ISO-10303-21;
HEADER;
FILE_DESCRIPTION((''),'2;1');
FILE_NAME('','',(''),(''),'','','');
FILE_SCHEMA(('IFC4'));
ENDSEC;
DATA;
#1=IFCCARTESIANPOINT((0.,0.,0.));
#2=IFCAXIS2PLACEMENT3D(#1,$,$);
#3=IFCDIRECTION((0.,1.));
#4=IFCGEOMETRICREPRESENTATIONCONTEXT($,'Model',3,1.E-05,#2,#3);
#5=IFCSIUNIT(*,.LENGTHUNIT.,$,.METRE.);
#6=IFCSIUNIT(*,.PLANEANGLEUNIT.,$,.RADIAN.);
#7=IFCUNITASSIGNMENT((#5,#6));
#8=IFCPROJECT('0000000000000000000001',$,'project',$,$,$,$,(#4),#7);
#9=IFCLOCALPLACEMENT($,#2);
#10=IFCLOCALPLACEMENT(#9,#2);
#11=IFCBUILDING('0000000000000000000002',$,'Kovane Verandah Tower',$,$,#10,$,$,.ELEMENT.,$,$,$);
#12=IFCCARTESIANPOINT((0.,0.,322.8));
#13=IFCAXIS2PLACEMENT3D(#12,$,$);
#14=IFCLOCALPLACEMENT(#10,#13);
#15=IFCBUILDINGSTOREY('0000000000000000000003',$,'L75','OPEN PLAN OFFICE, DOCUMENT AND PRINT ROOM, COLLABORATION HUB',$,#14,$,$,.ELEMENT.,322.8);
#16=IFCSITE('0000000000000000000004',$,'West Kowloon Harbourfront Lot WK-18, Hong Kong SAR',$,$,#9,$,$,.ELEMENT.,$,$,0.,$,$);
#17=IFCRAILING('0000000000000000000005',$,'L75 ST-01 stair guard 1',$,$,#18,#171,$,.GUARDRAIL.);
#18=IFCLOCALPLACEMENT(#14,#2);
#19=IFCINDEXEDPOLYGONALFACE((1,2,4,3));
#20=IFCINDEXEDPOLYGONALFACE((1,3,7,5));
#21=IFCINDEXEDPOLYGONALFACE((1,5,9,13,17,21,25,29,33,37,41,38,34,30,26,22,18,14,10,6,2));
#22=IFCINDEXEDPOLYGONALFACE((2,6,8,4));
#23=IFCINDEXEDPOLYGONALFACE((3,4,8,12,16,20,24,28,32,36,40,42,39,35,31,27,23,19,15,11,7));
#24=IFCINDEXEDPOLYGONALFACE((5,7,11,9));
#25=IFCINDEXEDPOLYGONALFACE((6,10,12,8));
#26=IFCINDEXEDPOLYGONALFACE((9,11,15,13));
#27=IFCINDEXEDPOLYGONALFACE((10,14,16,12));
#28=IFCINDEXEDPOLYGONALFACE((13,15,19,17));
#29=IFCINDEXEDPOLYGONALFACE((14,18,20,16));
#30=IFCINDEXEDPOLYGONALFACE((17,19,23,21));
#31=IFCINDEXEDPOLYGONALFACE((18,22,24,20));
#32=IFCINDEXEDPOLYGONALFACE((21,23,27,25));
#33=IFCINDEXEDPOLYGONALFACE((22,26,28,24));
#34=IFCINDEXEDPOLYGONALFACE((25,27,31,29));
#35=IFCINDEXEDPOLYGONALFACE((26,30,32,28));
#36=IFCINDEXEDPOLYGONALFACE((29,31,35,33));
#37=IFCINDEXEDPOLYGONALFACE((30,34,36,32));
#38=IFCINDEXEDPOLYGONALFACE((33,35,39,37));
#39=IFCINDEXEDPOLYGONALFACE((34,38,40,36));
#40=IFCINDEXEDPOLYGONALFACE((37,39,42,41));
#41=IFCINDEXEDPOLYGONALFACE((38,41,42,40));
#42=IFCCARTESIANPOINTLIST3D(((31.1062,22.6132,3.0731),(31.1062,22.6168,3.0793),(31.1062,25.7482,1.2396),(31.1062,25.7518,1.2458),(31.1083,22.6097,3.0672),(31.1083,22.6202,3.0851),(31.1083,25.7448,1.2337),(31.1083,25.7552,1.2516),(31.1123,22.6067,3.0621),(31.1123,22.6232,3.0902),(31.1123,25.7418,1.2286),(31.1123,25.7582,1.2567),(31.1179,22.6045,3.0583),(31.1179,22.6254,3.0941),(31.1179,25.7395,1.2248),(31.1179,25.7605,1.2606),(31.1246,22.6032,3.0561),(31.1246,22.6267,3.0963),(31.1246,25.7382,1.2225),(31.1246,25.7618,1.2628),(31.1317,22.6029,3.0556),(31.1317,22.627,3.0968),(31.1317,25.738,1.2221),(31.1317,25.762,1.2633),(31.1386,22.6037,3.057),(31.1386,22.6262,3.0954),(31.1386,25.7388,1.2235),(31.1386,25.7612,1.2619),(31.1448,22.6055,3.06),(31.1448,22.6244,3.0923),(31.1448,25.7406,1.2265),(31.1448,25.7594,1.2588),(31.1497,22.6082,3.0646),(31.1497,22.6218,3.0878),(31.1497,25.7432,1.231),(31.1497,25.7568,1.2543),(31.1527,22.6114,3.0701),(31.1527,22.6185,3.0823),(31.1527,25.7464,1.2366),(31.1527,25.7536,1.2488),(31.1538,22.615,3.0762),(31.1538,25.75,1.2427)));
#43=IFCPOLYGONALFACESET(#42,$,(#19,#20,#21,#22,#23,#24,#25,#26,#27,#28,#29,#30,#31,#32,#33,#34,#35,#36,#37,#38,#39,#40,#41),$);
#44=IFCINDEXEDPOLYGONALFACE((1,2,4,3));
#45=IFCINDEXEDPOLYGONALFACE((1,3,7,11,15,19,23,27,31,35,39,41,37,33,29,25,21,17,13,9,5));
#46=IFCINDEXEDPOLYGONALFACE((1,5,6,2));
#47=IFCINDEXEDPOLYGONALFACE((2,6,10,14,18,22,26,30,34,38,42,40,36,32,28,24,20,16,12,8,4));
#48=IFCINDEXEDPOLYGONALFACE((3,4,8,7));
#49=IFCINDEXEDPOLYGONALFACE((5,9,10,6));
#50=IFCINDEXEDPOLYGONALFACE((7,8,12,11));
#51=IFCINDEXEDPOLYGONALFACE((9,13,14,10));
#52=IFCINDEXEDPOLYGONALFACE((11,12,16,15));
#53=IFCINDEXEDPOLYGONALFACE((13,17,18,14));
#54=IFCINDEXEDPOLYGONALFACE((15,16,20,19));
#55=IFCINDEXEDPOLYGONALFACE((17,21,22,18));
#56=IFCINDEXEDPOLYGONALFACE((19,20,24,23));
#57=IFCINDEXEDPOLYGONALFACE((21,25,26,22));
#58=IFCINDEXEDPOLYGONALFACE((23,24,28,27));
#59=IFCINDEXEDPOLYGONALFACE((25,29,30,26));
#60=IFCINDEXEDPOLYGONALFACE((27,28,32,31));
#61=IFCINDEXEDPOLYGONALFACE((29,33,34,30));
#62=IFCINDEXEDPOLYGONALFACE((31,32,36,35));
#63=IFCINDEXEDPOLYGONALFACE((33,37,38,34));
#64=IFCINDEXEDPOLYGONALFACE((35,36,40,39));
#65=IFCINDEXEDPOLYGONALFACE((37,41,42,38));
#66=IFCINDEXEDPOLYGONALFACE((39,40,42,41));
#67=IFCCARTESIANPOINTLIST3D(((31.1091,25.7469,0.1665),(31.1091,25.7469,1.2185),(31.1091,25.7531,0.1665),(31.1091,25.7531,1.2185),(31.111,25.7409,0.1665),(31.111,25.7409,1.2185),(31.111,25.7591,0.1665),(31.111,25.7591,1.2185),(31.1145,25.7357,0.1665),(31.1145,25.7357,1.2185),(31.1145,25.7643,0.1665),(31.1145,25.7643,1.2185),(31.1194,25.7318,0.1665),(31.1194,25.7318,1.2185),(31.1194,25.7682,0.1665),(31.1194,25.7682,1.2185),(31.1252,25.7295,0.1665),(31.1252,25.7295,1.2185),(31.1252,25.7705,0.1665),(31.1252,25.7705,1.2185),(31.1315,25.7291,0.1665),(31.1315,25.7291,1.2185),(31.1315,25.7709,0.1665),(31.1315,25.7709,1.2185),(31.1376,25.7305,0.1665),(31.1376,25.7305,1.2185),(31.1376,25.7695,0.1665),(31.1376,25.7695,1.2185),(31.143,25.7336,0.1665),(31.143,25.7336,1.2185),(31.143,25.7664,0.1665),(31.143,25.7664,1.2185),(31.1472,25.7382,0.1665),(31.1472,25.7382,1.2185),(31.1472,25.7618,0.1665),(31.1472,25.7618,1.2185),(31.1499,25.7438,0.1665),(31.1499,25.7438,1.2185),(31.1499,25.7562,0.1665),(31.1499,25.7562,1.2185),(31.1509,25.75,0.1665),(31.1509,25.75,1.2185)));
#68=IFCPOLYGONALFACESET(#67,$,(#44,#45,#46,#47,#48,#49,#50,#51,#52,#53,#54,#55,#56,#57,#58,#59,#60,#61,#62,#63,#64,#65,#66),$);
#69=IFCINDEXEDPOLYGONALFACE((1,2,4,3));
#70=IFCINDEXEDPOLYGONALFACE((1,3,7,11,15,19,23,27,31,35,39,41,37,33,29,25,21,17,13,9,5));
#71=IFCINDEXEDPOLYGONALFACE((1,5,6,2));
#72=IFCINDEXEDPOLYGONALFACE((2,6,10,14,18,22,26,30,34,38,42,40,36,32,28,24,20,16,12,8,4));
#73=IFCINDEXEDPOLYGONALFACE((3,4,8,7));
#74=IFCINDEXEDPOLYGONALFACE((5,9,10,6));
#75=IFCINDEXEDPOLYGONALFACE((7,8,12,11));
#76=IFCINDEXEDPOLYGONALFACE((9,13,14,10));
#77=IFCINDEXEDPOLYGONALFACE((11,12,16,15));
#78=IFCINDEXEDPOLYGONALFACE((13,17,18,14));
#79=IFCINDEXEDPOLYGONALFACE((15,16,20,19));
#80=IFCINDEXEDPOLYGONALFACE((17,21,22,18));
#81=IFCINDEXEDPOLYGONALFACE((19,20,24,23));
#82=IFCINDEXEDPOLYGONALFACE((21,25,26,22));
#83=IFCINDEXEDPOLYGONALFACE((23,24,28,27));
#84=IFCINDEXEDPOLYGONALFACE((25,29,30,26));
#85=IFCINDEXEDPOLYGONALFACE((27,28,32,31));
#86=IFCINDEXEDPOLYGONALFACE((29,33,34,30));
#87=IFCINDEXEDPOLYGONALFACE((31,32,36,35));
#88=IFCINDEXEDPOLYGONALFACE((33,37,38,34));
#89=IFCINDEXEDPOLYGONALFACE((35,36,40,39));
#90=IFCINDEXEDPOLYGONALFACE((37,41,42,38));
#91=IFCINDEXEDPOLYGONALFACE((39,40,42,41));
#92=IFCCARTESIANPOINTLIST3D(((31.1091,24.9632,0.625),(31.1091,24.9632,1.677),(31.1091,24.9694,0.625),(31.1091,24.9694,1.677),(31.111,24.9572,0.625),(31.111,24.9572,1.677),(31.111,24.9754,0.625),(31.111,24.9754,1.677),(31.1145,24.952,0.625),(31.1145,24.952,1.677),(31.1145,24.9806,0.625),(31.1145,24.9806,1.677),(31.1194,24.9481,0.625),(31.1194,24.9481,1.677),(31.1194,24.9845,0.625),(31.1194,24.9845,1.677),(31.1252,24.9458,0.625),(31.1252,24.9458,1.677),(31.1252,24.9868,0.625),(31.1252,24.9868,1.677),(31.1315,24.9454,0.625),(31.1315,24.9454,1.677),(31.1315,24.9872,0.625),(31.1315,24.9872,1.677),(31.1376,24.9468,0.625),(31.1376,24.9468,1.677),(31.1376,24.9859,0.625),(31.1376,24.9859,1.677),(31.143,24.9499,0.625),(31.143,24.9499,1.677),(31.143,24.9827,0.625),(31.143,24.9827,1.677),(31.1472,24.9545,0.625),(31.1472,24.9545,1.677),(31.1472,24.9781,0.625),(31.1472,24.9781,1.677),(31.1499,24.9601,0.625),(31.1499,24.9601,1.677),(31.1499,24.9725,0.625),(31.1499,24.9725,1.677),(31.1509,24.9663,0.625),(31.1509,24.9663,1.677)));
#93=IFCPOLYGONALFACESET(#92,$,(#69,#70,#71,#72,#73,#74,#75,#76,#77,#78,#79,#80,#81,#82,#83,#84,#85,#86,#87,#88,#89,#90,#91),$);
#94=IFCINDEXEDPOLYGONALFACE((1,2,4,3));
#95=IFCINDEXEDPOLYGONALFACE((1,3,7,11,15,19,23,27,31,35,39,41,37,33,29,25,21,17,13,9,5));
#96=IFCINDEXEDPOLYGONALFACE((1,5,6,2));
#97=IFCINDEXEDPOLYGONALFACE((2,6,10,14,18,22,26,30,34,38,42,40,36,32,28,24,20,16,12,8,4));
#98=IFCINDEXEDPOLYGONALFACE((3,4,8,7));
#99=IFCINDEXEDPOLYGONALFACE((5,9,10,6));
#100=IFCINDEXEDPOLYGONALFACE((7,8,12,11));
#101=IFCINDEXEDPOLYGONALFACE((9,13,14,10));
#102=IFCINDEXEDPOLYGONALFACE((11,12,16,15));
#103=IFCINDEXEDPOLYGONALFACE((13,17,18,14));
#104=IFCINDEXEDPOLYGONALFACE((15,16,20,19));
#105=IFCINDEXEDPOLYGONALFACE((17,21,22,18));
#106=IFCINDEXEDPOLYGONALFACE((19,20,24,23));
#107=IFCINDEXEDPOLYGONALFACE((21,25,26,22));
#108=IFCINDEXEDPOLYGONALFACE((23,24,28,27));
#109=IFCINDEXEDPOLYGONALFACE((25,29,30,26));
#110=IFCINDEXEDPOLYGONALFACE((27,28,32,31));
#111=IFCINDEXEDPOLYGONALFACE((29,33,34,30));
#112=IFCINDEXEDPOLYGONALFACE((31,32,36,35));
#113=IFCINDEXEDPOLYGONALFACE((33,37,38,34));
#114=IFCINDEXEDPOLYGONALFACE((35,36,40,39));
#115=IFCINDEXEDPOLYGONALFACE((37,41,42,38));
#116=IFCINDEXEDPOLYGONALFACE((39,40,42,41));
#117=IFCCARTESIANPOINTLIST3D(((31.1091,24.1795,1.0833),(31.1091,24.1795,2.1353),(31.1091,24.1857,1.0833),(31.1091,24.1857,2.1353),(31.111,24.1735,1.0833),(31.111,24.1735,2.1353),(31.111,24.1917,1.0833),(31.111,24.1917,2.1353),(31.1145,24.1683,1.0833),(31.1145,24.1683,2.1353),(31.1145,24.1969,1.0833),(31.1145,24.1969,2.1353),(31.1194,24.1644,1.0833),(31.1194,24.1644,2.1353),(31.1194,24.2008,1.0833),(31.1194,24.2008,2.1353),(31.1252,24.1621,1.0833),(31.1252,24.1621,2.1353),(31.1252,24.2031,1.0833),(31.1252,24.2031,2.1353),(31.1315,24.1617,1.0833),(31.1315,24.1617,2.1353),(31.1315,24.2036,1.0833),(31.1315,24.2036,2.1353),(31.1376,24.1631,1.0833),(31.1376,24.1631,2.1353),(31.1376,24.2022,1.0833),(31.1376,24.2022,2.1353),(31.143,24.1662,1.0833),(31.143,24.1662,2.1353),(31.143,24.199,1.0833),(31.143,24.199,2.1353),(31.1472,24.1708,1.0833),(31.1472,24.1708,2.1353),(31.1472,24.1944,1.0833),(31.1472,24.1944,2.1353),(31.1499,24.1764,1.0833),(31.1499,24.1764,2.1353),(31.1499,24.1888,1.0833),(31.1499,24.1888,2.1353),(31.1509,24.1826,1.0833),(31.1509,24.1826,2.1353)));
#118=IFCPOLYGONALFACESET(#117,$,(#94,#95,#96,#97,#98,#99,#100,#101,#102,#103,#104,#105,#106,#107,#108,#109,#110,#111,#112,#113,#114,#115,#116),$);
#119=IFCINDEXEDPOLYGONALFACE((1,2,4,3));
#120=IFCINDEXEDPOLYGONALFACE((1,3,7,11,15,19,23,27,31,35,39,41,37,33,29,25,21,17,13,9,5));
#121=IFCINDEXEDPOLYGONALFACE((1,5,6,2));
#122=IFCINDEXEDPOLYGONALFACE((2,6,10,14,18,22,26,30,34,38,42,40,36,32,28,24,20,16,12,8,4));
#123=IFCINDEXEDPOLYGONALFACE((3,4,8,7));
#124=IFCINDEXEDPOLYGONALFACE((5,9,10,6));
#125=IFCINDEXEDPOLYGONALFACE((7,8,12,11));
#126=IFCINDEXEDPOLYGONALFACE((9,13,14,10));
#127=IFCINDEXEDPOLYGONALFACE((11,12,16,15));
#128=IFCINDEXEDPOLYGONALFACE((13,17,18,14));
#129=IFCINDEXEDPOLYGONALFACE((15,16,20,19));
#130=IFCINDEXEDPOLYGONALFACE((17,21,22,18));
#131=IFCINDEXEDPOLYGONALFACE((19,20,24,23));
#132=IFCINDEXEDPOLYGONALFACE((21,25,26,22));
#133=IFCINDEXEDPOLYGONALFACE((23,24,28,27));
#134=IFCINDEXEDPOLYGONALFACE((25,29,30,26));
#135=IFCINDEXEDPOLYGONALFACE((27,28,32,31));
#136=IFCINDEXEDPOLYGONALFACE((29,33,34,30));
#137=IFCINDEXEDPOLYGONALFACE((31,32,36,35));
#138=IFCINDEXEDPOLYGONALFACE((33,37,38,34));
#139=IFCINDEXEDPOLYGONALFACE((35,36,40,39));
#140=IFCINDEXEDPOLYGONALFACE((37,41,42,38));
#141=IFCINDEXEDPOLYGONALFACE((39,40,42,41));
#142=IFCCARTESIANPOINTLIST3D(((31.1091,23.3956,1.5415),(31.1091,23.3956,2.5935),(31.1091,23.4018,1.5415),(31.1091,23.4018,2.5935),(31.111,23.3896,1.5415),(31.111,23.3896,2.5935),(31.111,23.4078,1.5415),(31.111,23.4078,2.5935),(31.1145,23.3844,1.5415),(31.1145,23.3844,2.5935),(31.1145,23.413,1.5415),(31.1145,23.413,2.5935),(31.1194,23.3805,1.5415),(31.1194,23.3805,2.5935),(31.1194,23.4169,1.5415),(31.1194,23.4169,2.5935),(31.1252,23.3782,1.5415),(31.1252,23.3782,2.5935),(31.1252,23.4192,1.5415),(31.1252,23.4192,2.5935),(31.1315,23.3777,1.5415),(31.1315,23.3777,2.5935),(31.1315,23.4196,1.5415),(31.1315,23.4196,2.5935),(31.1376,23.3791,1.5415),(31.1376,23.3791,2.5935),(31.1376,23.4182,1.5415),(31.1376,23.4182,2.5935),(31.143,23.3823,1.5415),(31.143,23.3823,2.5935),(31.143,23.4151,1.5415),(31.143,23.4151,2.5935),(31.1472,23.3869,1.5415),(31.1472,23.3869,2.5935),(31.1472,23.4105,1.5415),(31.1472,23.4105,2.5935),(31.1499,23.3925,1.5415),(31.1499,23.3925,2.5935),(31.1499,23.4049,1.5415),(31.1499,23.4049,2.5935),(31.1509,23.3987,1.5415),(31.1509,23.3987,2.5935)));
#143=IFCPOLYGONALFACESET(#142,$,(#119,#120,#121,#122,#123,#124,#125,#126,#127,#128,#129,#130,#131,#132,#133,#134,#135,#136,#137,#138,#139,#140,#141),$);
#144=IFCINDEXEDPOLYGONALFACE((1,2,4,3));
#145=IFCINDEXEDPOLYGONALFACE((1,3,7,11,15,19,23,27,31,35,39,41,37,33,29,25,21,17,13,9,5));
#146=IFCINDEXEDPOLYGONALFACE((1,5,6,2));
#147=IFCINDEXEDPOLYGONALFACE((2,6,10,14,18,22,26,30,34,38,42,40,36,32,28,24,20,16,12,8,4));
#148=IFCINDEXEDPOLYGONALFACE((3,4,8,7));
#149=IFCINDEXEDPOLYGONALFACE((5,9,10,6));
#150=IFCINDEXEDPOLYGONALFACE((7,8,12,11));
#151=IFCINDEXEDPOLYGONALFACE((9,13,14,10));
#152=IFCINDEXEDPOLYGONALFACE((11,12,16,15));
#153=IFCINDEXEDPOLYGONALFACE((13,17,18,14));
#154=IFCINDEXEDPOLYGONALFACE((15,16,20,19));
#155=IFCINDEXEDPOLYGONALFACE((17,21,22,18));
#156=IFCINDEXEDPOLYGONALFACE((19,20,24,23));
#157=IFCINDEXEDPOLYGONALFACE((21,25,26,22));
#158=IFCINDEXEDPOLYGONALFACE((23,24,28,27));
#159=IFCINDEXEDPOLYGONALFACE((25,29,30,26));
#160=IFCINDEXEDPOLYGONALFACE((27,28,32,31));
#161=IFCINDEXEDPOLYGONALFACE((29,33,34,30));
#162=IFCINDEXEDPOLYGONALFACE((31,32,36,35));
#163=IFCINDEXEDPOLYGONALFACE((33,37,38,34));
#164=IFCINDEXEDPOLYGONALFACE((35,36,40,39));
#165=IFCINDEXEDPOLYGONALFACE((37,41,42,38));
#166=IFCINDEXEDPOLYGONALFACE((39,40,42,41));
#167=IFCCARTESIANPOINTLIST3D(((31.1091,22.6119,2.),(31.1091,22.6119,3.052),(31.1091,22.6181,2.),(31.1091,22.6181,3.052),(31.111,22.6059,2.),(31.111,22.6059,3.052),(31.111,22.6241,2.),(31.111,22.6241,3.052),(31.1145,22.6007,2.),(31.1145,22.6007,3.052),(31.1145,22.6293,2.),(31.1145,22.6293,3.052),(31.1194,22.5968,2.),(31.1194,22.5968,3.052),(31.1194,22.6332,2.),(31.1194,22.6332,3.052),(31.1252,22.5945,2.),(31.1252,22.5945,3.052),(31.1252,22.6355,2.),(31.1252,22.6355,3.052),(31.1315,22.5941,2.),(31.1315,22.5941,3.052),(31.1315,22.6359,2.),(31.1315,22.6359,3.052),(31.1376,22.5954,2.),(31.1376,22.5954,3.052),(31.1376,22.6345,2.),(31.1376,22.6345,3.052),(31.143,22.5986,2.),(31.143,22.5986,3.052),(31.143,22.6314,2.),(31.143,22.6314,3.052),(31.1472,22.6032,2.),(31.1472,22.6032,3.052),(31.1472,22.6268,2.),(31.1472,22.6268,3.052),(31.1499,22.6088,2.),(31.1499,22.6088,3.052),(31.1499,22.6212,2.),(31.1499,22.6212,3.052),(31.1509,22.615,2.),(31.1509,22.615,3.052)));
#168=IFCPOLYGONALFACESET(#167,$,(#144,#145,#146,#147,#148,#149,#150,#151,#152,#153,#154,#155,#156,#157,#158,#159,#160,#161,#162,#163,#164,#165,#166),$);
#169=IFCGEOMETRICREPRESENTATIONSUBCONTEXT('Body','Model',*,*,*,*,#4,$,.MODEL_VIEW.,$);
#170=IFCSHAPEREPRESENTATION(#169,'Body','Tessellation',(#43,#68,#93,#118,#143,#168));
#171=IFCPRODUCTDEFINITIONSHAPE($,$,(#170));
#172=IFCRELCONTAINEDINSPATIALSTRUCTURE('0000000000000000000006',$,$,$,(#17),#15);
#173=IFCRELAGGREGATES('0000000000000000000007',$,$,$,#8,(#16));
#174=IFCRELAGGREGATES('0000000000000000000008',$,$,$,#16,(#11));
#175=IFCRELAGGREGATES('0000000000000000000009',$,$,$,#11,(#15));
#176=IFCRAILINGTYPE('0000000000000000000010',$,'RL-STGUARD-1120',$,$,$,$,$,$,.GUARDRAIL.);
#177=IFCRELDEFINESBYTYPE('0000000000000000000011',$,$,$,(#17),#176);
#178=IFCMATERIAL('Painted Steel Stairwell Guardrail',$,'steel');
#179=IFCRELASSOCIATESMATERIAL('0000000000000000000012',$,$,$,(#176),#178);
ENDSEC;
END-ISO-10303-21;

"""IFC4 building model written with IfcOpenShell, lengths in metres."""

from ifc_helpers import new_model, si_unit, direction, frame, origin, origin_2d, place, context, subcontext, project, spatial, circle, extrude, material, type_object, element, save


model = new_model("IFC4")

# Units and contexts
model_context = context("Model", 3, precision=1e-05, world=origin(), true_north=direction((0.0, 1.0)))
body_context = subcontext(model_context, "Body", "Model", "MODEL_VIEW")
ifc_project = project(units=[si_unit("LENGTHUNIT", "METRE"), si_unit("PLANEANGLEUNIT", "RADIAN")], contexts=[model_context])

# Site, building, storey
site_placement = place(None, origin())
site = spatial("IfcSite", under=ifc_project, at=site_placement, Name="West Kowloon Harbourfront Lot WK-18, Hong Kong SAR", CompositionType="ELEMENT", RefElevation=0.0)
building_placement = place(site_placement, origin())
building = spatial("IfcBuilding", under=site, at=building_placement, Name="Kovane Verandah Tower", CompositionType="ELEMENT")
storey_placement = place(building_placement, frame((0.0, 0.0, 322.8)))
storey = spatial("IfcBuildingStorey", under=building, at=storey_placement, Name="L75", Description="OPEN PLAN OFFICE, DOCUMENT AND PRINT ROOM, COLLABORATION HUB", CompositionType="ELEMENT", Elevation=322.8)

# Railing
ifc_material_1 = material(Name="Painted Steel Stairwell Guardrail", Category="steel")
railing_type_1 = type_object("IfcRailingType", Name="RL-STGUARD-1120", PredefinedType="GUARDRAIL", material=ifc_material_1)
railing_1_placement = place(storey_placement, frame((31.1299, 25.75, 0.1665)))
element("IfcRailing", 1, at=railing_1_placement, inside=storey, type_object=railing_type_1, Name="L75 ST-01 stair guard 1", PredefinedType="GUARDRAIL", context=body_context, shape_type="SweptSolid", body=[
    extrude(circle(Radius=0.0239, at=origin_2d()), frame((0.0, 0.0, 1.0762), z_axis=(0.0, -0.86321, 0.504845), x_axis=(1.0, 0.0, 0.0)), (0.0, 0.0, 1.0), 3.6318),
    extrude(circle(Radius=0.021, at=origin_2d()), origin(), (0.0, 0.0, 1.0), 1.052),
    extrude(circle(Radius=0.021, at=origin_2d()), frame((0.0, -0.7837, 0.4585)), (0.0, 0.0, 1.0), 1.052),
    extrude(circle(Radius=0.021, at=origin_2d()), frame((0.0, -1.5674, 0.9167)), (0.0, 0.0, 1.0), 1.052),
    extrude(circle(Radius=0.021, at=origin_2d()), frame((0.0, -2.3513, 1.375)), (0.0, 0.0, 1.0), 1.052),
    extrude(circle(Radius=0.021, at=origin_2d()), frame((0.0, -3.135, 1.8335)), (0.0, 0.0, 1.0), 1.052),
])

save(model, "model.ifc")
